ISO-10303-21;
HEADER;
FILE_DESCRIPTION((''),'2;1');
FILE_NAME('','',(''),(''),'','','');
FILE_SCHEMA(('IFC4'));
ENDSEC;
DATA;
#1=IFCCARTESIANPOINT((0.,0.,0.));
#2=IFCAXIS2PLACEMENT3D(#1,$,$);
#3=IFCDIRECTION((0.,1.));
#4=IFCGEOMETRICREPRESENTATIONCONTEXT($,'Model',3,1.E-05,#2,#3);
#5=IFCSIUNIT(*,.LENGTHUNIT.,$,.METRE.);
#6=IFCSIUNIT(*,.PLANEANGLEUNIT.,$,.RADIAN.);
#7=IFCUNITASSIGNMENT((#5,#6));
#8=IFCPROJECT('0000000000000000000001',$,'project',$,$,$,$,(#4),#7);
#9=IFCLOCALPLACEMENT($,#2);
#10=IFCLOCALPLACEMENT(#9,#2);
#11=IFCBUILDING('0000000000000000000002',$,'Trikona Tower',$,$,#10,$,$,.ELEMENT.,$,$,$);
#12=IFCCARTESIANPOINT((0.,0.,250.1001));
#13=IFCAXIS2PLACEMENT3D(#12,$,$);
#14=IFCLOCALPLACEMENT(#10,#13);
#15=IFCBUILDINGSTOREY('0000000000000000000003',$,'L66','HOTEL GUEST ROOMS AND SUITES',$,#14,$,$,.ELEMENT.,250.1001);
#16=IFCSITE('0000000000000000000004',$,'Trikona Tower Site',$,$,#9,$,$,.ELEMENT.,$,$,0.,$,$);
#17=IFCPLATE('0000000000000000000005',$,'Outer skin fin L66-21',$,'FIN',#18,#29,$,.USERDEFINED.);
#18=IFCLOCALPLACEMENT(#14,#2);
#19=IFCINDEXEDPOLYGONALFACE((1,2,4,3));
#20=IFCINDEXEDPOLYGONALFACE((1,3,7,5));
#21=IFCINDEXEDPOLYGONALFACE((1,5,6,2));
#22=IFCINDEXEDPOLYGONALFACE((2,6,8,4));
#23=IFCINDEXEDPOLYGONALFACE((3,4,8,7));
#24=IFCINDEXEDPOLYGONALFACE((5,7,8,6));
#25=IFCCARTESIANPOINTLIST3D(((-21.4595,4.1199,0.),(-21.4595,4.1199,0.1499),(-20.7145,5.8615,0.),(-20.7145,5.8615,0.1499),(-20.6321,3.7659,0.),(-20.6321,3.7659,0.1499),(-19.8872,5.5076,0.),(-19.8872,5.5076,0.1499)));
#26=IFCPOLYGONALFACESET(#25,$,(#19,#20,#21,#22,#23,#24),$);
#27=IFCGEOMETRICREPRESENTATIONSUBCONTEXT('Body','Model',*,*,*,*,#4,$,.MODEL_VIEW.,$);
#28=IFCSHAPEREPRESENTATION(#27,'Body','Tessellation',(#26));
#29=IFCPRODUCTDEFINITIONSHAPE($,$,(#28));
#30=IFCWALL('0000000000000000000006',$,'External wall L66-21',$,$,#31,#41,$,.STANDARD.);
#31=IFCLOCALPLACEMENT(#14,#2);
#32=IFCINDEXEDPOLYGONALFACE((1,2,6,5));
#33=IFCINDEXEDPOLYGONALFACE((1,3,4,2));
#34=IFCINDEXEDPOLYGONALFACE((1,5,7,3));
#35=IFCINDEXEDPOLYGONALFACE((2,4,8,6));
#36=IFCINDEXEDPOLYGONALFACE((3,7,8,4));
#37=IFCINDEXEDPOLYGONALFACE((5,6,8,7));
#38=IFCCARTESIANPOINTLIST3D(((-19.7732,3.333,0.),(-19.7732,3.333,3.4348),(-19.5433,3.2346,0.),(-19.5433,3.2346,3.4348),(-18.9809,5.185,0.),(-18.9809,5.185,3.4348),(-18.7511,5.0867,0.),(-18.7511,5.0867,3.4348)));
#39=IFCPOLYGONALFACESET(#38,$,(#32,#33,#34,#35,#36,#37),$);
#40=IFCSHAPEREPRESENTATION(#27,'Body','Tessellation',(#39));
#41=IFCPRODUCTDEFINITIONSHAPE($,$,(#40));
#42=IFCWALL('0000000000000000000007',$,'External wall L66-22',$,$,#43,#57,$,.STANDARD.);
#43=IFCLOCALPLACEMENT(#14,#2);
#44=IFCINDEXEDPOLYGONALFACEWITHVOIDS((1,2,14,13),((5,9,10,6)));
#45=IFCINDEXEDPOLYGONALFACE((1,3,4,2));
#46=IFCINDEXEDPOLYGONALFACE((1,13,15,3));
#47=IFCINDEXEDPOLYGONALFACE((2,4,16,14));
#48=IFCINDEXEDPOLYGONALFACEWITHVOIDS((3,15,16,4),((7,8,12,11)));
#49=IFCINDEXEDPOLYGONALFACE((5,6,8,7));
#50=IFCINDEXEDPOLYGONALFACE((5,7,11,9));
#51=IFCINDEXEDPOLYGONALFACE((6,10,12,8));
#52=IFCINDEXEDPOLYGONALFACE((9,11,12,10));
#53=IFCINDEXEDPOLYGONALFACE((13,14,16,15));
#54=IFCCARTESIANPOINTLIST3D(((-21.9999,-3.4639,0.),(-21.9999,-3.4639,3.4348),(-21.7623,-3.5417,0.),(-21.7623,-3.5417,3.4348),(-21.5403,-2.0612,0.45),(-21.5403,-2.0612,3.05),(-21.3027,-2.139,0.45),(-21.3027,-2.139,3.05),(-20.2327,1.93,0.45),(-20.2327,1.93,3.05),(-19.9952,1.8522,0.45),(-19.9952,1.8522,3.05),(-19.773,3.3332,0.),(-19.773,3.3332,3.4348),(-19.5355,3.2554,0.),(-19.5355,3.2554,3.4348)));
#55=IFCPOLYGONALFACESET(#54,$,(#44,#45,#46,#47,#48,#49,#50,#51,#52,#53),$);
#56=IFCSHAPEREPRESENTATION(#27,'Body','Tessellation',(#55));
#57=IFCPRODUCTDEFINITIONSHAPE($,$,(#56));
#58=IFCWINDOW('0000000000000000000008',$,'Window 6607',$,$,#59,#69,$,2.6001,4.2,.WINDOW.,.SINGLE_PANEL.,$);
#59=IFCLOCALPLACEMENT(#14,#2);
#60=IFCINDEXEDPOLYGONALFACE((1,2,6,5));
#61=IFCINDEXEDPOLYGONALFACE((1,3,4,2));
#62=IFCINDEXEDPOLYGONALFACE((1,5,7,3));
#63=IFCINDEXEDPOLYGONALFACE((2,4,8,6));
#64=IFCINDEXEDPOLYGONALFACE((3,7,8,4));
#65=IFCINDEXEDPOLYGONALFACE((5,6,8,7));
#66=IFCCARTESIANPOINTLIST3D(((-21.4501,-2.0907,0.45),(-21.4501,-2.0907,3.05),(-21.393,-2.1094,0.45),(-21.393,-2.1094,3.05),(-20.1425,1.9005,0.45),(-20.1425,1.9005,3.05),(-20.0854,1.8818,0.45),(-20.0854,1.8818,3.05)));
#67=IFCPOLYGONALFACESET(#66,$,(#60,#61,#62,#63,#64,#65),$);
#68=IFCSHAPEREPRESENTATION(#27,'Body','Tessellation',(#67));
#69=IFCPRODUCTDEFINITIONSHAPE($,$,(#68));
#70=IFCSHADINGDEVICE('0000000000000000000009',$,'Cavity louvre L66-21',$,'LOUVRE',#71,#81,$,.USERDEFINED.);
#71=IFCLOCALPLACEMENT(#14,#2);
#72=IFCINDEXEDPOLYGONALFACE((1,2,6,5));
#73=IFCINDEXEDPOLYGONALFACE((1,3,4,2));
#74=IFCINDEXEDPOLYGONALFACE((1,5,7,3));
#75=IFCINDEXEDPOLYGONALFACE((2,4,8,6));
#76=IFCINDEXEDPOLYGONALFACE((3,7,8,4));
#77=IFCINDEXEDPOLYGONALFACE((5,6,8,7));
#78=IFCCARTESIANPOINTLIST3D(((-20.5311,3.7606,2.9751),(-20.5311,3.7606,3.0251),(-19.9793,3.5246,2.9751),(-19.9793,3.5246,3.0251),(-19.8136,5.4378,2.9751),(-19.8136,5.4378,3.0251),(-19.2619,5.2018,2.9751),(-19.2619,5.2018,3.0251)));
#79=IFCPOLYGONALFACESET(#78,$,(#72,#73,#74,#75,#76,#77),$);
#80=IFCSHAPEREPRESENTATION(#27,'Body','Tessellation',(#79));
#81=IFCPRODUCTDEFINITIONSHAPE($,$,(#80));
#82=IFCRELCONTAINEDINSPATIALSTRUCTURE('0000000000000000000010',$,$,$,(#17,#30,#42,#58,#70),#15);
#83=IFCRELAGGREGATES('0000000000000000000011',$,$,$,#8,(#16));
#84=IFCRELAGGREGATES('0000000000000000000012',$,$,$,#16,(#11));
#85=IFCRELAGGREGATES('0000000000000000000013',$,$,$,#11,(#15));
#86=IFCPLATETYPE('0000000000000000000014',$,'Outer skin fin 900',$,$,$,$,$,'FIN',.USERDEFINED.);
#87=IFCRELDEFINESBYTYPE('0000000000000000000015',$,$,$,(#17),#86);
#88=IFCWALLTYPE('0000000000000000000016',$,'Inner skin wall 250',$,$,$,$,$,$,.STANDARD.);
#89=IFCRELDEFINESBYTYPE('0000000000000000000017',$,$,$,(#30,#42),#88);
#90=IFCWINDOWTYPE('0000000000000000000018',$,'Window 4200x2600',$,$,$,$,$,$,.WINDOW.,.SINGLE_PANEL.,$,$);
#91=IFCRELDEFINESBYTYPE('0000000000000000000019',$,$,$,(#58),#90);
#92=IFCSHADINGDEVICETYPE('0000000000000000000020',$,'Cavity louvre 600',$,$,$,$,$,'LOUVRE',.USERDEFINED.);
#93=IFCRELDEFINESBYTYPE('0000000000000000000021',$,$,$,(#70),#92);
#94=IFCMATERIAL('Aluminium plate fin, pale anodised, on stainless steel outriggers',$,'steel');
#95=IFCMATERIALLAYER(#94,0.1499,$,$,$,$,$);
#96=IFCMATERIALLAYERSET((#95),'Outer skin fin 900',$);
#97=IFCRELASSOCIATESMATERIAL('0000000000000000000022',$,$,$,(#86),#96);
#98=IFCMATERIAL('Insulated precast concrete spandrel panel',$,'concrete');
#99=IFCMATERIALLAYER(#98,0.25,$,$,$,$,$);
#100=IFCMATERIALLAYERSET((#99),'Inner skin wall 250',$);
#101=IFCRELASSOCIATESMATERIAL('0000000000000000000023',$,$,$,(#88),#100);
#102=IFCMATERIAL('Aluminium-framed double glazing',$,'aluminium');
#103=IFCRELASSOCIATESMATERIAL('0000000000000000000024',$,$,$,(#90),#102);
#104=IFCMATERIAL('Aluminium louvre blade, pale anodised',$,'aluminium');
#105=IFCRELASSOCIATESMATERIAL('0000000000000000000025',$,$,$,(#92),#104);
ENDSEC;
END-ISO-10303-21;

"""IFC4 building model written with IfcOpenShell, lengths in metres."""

from ifc_helpers import new_model, si_unit, direction, frame, frame_2d, origin, origin_2d, place, context, subcontext, project, spatial, rectangle, extrude, material, layer, layer_set, type_object, element, fill, save


model = new_model("IFC4")

# Units and contexts
model_context = context("Model", 3, precision=1e-05, world=origin(), true_north=direction((0.0, 1.0)))
body_context = subcontext(model_context, "Body", "Model", "MODEL_VIEW")
ifc_project = project(units=[si_unit("LENGTHUNIT", "METRE"), si_unit("PLANEANGLEUNIT", "RADIAN")], contexts=[model_context])

# Site, building, storey
site_placement = place(None, origin())
site = spatial("IfcSite", under=ifc_project, at=site_placement, Name="Trikona Tower Site", CompositionType="ELEMENT", RefElevation=0.0)
building_placement = place(site_placement, origin())
building = spatial("IfcBuilding", under=site, at=building_placement, Name="Trikona Tower", CompositionType="ELEMENT")
storey_placement = place(building_placement, frame((0.0, 0.0, 250.1001)))
storey = spatial("IfcBuildingStorey", under=building, at=storey_placement, Name="L66", Description="HOTEL GUEST ROOMS AND SUITES", CompositionType="ELEMENT", Elevation=250.1001)

# Plate
ifc_material_1 = material(Name="Aluminium plate fin, pale anodised, on stainless steel outriggers", Category="steel")
ifc_layer_1 = layer(ifc_material_1, 0.1499)
ifc_layer_set_1 = layer_set([ifc_layer_1], Name="Outer skin fin 900")
plate_type_1 = type_object("IfcPlateType", Name="Outer skin fin 900", ElementType="FIN", PredefinedType="USERDEFINED", material=ifc_layer_set_1)
plate_1_placement = place(storey_placement, frame((-20.6733, 4.8137, 0.0), z_axis=(0.0, 0.0, 1.0), x_axis=(-0.393284, -0.919417, 0.0)))
element("IfcPlate", 1, at=plate_1_placement, inside=storey, type_object=plate_type_1, Name="Outer skin fin L66-21", ObjectType="FIN", PredefinedType="USERDEFINED", context=body_context, shape_type="SweptSolid", body=[
    extrude(rectangle(XDim=1.8943, YDim=0.8999, at=origin_2d()), origin(), (0.0, 0.0, 1.0), 0.1499),
])

# Wall
ifc_material_2 = material(Name="Insulated precast concrete spandrel panel", Category="concrete")
ifc_layer_2 = layer(ifc_material_2, 0.25)
ifc_layer_set_2 = layer_set([ifc_layer_2], Name="Inner skin wall 250")
wall_type = type_object("IfcWallType", Name="Inner skin wall 250", PredefinedType="STANDARD", material=ifc_layer_set_2)
wall_1_placement = place(storey_placement, frame((-18.866, 5.136, 0.0), z_axis=(0.0, 0.0, 1.0), x_axis=(-0.39329, -0.919414, 0.0)))
element("IfcWall", 2, at=wall_1_placement, inside=storey, type_object=wall_type, Name="External wall L66-21", PredefinedType="STANDARD", context=body_context, shape_type="SweptSolid", body=[
    extrude(rectangle(XDim=2.0144, YDim=0.25, at=frame_2d((1.0073, 0.0))), origin(), (0.0, 0.0, 1.0), 3.4348),
])

# Wall, opening, window
wall_2_placement = place(storey_placement, frame((-19.6543, 3.2942, 0.0), z_axis=(0.0, 0.0, 1.0), x_axis=(-0.311329, -0.950302, 0.0)))
wall_2 = element("IfcWall", 3, at=wall_2_placement, inside=storey, type_object=wall_type, Name="External wall L66-22", PredefinedType="STANDARD", context=body_context, shape_type="SweptSolid", body=[
    extrude(rectangle(XDim=7.1526, YDim=0.25, at=frame_2d((3.5762, 0.0))), origin(), (0.0, 0.0, 1.0), 3.4348),
])
opening_placement = place(wall_2_placement, frame((1.4763, 0.0, 0.45)))
opening = element("IfcOpeningElement", 4, at=opening_placement, cuts=wall_2, PredefinedType="OPENING", context=body_context, shape_type="SweptSolid", body=[
    extrude(rectangle(XDim=4.2, YDim=2.6001, at=frame_2d((2.1001, 1.3))), frame((0.0, 0.135, 0.0), z_axis=(0.0, -1.0, 0.0), x_axis=(1.0, 0.0, 0.0)), (0.0, 0.0, 1.0), 0.27),
])
ifc_material_3 = material(Name="Aluminium-framed double glazing", Category="aluminium")
window_type = type_object("IfcWindowType", Name="Window 4200x2600", PartitioningType="SINGLE_PANEL", PredefinedType="WINDOW", material=ifc_material_3)
window_placement = place(opening_placement, origin())
window = element("IfcWindow", 5, at=window_placement, inside=storey, type_object=window_type, Name="Window 6607", OverallHeight=2.6001, OverallWidth=4.2, PartitioningType="SINGLE_PANEL", PredefinedType="WINDOW", context=body_context, shape_type="SweptSolid", body=[
    extrude(rectangle(XDim=4.2, YDim=2.6001, at=frame_2d((2.1001, 1.3))), frame((0.0, 0.03, 0.0), z_axis=(0.0, -1.0, 0.0), x_axis=(1.0, 0.0, 0.0)), (0.0, 0.0, 1.0), 0.0601),
])
fill(opening, window)

# Shading device
ifc_material_4 = material(Name="Aluminium louvre blade, pale anodised", Category="aluminium")
shading_device_type = type_object("IfcShadingDeviceType", Name="Cavity louvre 600", ElementType="LOUVRE", PredefinedType="USERDEFINED", material=ifc_material_4)
shading_device_placement = place(storey_placement, frame((-19.8965, 4.4812, 2.9751), z_axis=(0.0, 0.0, 1.0), x_axis=(-0.393284, -0.919417, 0.0)))
element("IfcShadingDevice", 6, at=shading_device_placement, inside=storey, type_object=shading_device_type, Name="Cavity louvre L66-21", ObjectType="LOUVRE", PredefinedType="USERDEFINED", context=body_context, shape_type="SweptSolid", body=[
    extrude(rectangle(XDim=1.8242, YDim=0.6001, at=origin_2d()), origin(), (0.0, 0.0, 1.0), 0.05),
])

save(model, "model.ifc")
